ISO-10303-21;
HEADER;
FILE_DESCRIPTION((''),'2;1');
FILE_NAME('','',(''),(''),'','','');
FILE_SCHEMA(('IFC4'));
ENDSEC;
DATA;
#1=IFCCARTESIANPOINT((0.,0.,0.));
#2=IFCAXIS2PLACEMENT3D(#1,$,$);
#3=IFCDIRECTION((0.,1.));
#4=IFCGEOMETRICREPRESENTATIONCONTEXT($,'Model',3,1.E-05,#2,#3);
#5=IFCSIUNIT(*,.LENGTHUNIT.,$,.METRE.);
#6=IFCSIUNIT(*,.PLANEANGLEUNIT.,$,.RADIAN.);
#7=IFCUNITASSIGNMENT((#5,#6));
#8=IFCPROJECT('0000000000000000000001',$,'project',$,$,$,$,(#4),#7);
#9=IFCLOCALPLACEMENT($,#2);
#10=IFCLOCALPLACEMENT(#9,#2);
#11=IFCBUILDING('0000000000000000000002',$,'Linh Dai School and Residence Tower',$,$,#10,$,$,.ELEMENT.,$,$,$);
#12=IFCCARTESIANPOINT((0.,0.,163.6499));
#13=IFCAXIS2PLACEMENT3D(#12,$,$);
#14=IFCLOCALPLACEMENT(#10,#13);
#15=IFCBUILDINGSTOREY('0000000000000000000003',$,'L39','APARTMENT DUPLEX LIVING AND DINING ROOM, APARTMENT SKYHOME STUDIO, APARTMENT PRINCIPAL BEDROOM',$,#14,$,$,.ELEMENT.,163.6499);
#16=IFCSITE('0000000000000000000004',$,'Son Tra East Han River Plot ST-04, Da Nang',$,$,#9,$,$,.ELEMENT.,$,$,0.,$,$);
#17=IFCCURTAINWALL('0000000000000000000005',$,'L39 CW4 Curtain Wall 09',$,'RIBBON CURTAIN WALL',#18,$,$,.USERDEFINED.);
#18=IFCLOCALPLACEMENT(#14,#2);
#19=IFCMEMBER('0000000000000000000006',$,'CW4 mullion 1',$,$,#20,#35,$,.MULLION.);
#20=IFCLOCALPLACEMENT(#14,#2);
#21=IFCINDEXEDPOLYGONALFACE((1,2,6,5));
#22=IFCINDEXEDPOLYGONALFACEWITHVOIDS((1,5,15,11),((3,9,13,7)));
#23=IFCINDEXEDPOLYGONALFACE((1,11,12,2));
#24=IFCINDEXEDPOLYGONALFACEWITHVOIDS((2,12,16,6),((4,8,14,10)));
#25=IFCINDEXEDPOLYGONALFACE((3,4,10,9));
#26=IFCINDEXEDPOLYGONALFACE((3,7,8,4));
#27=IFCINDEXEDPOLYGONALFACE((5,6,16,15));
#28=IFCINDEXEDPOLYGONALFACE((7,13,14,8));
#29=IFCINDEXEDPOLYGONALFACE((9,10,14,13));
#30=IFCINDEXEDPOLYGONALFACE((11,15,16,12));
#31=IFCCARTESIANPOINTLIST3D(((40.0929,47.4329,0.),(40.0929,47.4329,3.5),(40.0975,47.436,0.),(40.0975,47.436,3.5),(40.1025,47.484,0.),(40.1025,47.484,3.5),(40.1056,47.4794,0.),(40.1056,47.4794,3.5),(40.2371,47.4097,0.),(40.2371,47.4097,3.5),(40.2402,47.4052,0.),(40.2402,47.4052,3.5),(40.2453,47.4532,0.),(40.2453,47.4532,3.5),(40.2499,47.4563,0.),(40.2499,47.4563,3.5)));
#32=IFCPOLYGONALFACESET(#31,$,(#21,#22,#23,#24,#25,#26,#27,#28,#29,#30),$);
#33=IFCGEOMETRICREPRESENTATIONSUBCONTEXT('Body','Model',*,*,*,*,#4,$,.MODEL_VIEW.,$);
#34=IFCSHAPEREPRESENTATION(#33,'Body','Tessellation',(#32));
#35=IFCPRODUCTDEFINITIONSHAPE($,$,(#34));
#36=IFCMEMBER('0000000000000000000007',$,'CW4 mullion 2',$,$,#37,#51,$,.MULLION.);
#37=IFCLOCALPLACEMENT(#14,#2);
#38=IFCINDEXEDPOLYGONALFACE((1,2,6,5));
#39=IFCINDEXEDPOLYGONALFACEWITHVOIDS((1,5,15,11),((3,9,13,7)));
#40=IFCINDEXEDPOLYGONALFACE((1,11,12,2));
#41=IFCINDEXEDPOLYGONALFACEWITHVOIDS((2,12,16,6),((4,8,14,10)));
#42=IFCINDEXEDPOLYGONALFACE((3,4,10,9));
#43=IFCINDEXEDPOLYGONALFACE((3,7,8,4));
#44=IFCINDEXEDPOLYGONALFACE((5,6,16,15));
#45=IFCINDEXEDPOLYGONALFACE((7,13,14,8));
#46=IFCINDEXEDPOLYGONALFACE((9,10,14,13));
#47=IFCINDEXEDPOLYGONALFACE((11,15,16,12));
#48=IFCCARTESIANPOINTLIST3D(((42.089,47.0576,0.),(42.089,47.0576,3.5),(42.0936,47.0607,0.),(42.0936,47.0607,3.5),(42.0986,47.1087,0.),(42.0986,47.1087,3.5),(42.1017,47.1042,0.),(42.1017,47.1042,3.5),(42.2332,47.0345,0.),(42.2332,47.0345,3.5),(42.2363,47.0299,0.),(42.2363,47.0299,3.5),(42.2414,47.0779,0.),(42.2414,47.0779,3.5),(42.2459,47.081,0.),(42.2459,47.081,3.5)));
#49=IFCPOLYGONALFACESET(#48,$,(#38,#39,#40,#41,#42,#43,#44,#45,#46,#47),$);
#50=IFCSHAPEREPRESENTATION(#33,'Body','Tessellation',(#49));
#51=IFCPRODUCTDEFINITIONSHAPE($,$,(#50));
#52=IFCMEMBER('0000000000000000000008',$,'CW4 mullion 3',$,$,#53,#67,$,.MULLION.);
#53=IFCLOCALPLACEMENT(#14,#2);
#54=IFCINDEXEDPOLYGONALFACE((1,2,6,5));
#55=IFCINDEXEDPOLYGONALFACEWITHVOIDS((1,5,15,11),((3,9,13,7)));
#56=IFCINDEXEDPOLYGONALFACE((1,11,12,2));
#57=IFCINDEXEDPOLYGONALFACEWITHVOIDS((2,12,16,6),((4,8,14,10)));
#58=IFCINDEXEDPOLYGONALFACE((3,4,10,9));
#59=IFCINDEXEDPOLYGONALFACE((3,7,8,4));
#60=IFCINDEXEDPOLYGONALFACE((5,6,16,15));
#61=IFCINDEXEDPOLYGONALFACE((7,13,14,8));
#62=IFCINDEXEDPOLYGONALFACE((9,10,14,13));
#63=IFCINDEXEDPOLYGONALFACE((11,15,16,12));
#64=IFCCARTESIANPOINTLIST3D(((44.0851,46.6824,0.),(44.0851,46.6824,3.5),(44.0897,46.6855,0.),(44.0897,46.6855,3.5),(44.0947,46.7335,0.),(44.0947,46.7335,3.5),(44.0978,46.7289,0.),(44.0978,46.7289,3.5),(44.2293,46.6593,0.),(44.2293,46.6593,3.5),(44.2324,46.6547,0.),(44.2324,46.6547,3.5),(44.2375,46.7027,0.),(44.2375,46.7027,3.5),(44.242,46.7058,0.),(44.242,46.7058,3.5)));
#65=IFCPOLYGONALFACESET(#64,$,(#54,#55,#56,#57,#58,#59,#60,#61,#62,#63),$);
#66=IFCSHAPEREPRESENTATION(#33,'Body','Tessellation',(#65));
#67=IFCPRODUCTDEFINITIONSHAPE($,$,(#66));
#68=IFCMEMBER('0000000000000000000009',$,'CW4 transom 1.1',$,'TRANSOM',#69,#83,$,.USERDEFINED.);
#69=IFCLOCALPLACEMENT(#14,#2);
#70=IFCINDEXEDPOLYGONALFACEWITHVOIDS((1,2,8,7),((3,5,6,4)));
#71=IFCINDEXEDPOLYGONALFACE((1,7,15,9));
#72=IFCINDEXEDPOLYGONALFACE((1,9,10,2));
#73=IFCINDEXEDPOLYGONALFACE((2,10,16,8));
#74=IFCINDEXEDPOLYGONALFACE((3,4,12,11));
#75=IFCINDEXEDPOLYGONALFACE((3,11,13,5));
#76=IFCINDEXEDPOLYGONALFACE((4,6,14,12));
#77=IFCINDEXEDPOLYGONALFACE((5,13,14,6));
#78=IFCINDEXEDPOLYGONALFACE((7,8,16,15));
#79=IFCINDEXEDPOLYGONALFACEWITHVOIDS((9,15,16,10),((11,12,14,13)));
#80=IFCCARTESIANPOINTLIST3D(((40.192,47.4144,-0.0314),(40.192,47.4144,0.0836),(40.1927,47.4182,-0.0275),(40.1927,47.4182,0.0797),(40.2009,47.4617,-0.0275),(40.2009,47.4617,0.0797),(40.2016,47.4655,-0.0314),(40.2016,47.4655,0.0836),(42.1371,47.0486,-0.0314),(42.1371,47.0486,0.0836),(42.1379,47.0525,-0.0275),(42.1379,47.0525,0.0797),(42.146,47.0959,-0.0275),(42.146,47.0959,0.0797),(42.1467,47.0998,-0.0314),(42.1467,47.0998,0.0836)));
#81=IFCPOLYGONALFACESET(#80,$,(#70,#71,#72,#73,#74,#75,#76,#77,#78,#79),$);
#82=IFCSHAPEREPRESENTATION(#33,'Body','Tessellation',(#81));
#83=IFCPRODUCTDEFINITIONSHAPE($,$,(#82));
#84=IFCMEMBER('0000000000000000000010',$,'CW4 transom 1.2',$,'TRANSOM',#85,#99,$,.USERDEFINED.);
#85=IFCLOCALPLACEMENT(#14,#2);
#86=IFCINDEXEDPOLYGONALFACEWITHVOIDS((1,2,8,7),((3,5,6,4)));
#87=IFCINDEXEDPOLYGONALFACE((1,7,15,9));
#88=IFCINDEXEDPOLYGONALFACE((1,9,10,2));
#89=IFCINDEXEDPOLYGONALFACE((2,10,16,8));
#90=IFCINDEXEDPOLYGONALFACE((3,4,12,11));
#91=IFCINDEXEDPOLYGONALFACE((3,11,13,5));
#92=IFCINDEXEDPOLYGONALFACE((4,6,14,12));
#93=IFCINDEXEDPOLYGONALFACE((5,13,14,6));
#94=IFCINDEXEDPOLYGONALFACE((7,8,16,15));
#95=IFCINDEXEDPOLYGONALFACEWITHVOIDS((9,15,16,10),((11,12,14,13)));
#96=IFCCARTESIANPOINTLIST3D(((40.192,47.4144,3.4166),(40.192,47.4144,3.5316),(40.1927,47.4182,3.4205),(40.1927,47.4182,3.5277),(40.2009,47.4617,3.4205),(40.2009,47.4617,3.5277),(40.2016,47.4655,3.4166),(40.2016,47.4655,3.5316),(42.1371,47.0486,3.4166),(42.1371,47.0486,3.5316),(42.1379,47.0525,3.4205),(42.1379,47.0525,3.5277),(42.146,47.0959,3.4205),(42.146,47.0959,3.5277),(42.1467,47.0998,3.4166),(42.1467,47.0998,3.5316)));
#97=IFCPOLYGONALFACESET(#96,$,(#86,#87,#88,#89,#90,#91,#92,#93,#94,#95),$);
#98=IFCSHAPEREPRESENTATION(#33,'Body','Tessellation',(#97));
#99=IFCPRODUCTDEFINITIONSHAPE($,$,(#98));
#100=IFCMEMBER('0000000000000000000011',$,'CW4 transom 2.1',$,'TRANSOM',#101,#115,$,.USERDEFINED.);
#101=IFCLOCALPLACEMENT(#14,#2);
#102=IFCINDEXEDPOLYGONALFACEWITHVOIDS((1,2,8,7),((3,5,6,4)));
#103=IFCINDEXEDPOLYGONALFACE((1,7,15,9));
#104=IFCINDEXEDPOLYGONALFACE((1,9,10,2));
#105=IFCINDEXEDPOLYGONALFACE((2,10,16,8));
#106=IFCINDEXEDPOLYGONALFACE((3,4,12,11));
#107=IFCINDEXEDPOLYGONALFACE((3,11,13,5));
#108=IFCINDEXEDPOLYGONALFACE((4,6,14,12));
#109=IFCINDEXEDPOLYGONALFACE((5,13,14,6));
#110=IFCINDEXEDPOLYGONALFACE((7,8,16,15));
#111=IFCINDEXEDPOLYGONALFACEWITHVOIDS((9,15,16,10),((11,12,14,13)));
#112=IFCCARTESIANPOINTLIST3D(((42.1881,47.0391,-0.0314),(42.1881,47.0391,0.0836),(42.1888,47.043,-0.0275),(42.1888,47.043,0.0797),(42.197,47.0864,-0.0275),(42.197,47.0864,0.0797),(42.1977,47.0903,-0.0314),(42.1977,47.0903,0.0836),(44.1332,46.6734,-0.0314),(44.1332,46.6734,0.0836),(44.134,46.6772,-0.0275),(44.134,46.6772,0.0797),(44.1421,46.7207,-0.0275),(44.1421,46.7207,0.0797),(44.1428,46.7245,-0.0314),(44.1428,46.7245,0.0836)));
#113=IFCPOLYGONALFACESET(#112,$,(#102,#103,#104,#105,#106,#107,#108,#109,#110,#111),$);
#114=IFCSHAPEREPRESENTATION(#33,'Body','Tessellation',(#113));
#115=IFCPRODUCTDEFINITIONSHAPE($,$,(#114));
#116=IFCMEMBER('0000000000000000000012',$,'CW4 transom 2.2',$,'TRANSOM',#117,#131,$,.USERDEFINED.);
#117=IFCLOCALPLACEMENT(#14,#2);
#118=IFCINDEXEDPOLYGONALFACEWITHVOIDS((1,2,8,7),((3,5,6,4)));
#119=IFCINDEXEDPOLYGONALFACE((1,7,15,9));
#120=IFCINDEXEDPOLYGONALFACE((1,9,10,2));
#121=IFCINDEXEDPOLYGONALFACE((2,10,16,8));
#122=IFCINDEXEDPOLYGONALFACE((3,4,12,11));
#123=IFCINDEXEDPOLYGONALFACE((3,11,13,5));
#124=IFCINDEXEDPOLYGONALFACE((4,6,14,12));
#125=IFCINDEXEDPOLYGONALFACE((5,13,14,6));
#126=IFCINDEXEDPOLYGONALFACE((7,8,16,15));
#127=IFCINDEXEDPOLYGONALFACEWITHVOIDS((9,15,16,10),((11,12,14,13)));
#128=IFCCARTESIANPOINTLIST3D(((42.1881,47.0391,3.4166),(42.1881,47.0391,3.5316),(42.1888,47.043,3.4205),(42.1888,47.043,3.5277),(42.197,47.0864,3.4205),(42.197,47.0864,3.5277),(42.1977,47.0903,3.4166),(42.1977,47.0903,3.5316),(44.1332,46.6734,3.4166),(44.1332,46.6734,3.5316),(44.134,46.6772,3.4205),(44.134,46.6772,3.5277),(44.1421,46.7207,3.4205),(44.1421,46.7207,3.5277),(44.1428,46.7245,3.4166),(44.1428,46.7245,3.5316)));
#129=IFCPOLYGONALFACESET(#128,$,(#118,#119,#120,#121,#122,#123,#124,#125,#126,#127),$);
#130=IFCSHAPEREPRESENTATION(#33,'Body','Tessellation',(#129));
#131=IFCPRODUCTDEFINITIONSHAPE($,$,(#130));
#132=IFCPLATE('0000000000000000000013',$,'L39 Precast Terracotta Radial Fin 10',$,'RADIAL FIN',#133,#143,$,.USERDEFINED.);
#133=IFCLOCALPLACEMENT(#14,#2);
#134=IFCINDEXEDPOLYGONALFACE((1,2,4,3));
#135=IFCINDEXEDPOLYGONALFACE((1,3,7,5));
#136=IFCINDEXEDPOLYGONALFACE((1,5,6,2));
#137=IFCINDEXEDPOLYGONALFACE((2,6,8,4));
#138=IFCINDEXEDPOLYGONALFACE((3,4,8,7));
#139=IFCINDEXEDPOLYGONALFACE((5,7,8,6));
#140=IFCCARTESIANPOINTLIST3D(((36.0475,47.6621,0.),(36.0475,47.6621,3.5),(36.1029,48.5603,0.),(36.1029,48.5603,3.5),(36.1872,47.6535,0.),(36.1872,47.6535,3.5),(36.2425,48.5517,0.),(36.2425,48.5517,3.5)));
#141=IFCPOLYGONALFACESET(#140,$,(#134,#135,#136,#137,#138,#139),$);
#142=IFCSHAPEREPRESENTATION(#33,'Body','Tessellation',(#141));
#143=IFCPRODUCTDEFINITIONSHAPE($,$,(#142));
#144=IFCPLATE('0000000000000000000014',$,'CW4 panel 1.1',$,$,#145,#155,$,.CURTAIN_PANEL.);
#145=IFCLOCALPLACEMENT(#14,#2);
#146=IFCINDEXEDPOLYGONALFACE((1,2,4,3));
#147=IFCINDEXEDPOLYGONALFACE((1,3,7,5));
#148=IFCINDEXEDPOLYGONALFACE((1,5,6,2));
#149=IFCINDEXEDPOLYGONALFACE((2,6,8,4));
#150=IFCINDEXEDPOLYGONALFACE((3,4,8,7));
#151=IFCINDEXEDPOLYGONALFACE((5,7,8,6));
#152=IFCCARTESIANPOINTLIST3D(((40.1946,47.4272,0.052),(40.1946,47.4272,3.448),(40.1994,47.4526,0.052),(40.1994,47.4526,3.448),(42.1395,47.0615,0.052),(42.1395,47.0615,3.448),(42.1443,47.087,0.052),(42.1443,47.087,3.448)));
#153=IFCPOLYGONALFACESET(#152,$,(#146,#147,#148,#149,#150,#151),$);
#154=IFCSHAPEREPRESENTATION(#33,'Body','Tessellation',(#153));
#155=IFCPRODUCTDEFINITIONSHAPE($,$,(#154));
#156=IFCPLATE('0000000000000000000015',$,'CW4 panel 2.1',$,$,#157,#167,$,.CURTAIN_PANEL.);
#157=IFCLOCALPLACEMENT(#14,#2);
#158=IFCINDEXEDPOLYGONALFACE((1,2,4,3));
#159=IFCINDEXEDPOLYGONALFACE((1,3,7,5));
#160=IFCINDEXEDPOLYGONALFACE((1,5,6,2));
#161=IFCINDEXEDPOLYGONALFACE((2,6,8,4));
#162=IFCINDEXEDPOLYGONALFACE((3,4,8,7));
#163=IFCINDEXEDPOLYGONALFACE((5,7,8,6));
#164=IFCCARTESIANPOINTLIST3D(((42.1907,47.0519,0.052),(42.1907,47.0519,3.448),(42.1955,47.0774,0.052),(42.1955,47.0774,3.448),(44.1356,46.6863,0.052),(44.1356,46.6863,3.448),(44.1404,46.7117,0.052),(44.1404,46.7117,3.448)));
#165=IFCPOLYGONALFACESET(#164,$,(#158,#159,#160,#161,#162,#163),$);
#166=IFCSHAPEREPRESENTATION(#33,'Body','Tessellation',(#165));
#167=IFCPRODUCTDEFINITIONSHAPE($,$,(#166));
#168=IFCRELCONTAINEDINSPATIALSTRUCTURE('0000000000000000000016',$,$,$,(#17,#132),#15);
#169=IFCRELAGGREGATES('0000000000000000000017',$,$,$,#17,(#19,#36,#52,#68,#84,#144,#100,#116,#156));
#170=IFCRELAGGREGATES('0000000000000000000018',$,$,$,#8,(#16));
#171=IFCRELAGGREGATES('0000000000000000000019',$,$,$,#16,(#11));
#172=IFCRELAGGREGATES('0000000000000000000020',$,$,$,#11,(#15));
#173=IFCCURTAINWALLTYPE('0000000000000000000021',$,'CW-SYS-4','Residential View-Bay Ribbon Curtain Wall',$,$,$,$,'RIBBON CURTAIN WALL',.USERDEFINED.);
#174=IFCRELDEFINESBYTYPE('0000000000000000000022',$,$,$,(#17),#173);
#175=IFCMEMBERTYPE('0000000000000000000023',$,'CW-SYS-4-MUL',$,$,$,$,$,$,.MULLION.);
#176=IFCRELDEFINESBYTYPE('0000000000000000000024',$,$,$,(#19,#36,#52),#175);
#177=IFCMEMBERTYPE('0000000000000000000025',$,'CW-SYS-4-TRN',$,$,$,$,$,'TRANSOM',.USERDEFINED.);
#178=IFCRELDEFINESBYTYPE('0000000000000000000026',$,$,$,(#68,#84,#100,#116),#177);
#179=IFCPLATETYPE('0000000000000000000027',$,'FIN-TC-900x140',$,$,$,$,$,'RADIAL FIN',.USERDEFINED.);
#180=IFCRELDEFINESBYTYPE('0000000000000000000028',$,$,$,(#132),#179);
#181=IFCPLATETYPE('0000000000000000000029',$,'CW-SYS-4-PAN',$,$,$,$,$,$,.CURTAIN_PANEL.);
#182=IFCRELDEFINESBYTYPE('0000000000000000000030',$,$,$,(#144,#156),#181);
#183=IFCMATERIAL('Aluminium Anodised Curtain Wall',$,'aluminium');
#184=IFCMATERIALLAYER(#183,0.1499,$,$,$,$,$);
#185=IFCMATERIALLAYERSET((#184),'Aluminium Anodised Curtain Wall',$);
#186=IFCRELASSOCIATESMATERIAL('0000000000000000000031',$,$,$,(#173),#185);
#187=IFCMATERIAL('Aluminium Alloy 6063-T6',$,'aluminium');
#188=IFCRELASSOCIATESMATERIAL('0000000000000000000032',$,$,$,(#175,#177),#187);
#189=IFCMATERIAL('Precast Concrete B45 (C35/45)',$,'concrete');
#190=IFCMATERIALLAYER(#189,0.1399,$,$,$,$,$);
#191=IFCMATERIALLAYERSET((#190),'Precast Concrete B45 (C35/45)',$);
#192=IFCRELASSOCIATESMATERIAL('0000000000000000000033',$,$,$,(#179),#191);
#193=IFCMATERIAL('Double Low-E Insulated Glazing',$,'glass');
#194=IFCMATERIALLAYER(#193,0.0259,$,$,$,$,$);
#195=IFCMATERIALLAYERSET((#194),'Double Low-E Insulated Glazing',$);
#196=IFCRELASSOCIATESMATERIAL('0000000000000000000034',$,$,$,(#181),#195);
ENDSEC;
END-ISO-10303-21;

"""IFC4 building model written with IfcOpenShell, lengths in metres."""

from ifc_helpers import new_model, si_unit, direction, frame, origin, origin_2d, place, context, subcontext, project, spatial, rectangle, hollow_rectangle, extrude, source, transform, mapped, material, layer, layer_set, material_profile, profile_set, type_object, element, aggregate, save


model = new_model("IFC4")

# Units and contexts
model_context = context("Model", 3, precision=1e-05, world=origin(), true_north=direction((0.0, 1.0)))
body_context = subcontext(model_context, "Body", "Model", "MODEL_VIEW")
ifc_project = project(units=[si_unit("LENGTHUNIT", "METRE"), si_unit("PLANEANGLEUNIT", "RADIAN")], contexts=[model_context])

# Site, building, storey
site_placement = place(None, origin())
site = spatial("IfcSite", under=ifc_project, at=site_placement, Name="Son Tra East Han River Plot ST-04, Da Nang", CompositionType="ELEMENT", RefElevation=0.0)
building_placement = place(site_placement, origin())
building = spatial("IfcBuilding", under=site, at=building_placement, Name="Linh Dai School and Residence Tower", CompositionType="ELEMENT")
storey_placement = place(building_placement, frame((0.0, 0.0, 163.6499)))
storey = spatial("IfcBuildingStorey", under=building, at=storey_placement, Name="L39", Description="APARTMENT DUPLEX LIVING AND DINING ROOM, APARTMENT SKYHOME STUDIO, APARTMENT PRINCIPAL BEDROOM", CompositionType="ELEMENT", Elevation=163.6499)

# Curtain wall, members
ifc_material_1 = material(Name="Aluminium Anodised Curtain Wall", Category="aluminium")
ifc_layer_1 = layer(ifc_material_1, 0.1499)
ifc_layer_set_1 = layer_set([ifc_layer_1], Name="Aluminium Anodised Curtain Wall")
curtain_wall_type = type_object("IfcCurtainWallType", Name="CW-SYS-4", Description="Residential View-Bay Ribbon Curtain Wall", ElementType="RIBBON CURTAIN WALL", PredefinedType="USERDEFINED", material=ifc_layer_set_1)
curtain_wall_placement = place(storey_placement, origin())
curtain_wall = element("IfcCurtainWall", 1, at=curtain_wall_placement, inside=storey, type_object=curtain_wall_type, Name="L39 CW4 Curtain Wall 09", ObjectType="RIBBON CURTAIN WALL", PredefinedType="USERDEFINED")
ifc_material_2 = material(Name="Aluminium Alloy 6063-T6", Category="aluminium")
ifc_material_profile_1 = material_profile(ifc_material_2, hollow_rectangle(XDim=0.052, YDim=0.1499, WallThickness=0.0039, at=origin_2d()), Name="RHS 150x52x4")
ifc_profile_set_1 = profile_set([ifc_material_profile_1], Name="Aluminium Alloy 6063-T6")
member_type_1 = type_object("IfcMemberType", Name="CW-SYS-4-MUL", PredefinedType="MULLION", material=ifc_profile_set_1)
shared_shape_1 = source(origin(), body_context, "Body", "SweptSolid", [
    extrude(hollow_rectangle(XDim=0.052, YDim=0.1499, WallThickness=0.0039, at=origin_2d()), origin(), (0.0, 0.0, 1.0), 3.5),
])
member_1_placement = place(storey_placement, frame((40.1714, 47.4446, 0.0), z_axis=(0.0, 0.0, 1.0), x_axis=(0.184763, 0.982783, 0.0)))
member_1 = element("IfcMember", 2, at=member_1_placement, type_object=member_type_1, Name="CW4 mullion 1", PredefinedType="MULLION", context=body_context, shape_type="MappedRepresentation", body=[
    mapped(shared_shape_1, transform((0.0, 0.0, 0.0), x_axis=(1.0, 0.0, 0.0), y_axis=(0.0, 1.0, 0.0), z_axis=(0.0, 0.0, 1.0), scale=1.0)),
])
member_2_placement = place(storey_placement, frame((42.1675, 47.0693, 0.0), z_axis=(0.0, 0.0, 1.0), x_axis=(0.184763, 0.982783, 0.0)))
member_2 = element("IfcMember", 3, at=member_2_placement, type_object=member_type_1, Name="CW4 mullion 2", PredefinedType="MULLION", context=body_context, shape_type="MappedRepresentation", body=[
    mapped(shared_shape_1, transform((0.0, 0.0, 0.0), x_axis=(1.0, 0.0, 0.0), y_axis=(0.0, 1.0, 0.0), z_axis=(0.0, 0.0, 1.0), scale=1.0)),
])
member_3_placement = place(storey_placement, frame((44.1636, 46.6941, 0.0), z_axis=(0.0, 0.0, 1.0), x_axis=(0.184763, 0.982783, 0.0)))
member_3 = element("IfcMember", 4, at=member_3_placement, type_object=member_type_1, Name="CW4 mullion 3", PredefinedType="MULLION", context=body_context, shape_type="MappedRepresentation", body=[
    mapped(shared_shape_1, transform((0.0, 0.0, 0.0), x_axis=(1.0, 0.0, 0.0), y_axis=(0.0, 1.0, 0.0), z_axis=(0.0, 0.0, 1.0), scale=1.0)),
])
ifc_material_profile_2 = material_profile(ifc_material_2, hollow_rectangle(XDim=0.052, YDim=0.115, WallThickness=0.0039, at=origin_2d()), Name="RHS 115x52x4")
ifc_profile_set_2 = profile_set([ifc_material_profile_2], Name="Aluminium Alloy 6063-T6")
member_type_2 = type_object("IfcMemberType", Name="CW-SYS-4-TRN", ElementType="TRANSOM", PredefinedType="USERDEFINED", material=ifc_profile_set_2)
shared_shape_2 = source(origin(), body_context, "Body", "SweptSolid", [
    extrude(hollow_rectangle(XDim=0.052, YDim=0.115, WallThickness=0.0039, at=origin_2d()), origin(), (0.0, 0.0, 1.0), 1.9792),
])
member_4_placement = place(storey_placement, frame((40.1968, 47.4399, 0.0261), z_axis=(0.982778, -0.184788, 0.0), x_axis=(0.184788, 0.982778, 0.0)))
member_4 = element("IfcMember", 5, at=member_4_placement, type_object=member_type_2, Name="CW4 transom 1.1", ObjectType="TRANSOM", PredefinedType="USERDEFINED", context=body_context, shape_type="MappedRepresentation", body=[
    mapped(shared_shape_2, transform((0.0, 0.0, 0.0), x_axis=(1.0, 0.0, 0.0), y_axis=(0.0, 1.0, 0.0), z_axis=(0.0, 0.0, 1.0), scale=1.0)),
])
member_5_placement = place(storey_placement, frame((40.1968, 47.4399, 3.4741), z_axis=(0.982778, -0.184788, 0.0), x_axis=(0.184788, 0.982778, 0.0)))
member_5 = element("IfcMember", 6, at=member_5_placement, type_object=member_type_2, Name="CW4 transom 1.2", ObjectType="TRANSOM", PredefinedType="USERDEFINED", context=body_context, shape_type="MappedRepresentation", body=[
    mapped(shared_shape_2, transform((0.0, 0.0, 0.0), x_axis=(1.0, 0.0, 0.0), y_axis=(0.0, 1.0, 0.0), z_axis=(0.0, 0.0, 1.0), scale=1.0)),
])
member_6_placement = place(storey_placement, frame((42.1929, 47.0647, 0.0261), z_axis=(0.982778, -0.184788, 0.0), x_axis=(0.184788, 0.982778, 0.0)))
member_6 = element("IfcMember", 7, at=member_6_placement, type_object=member_type_2, Name="CW4 transom 2.1", ObjectType="TRANSOM", PredefinedType="USERDEFINED", context=body_context, shape_type="MappedRepresentation", body=[
    mapped(shared_shape_2, transform((0.0, 0.0, 0.0), x_axis=(1.0, 0.0, 0.0), y_axis=(0.0, 1.0, 0.0), z_axis=(0.0, 0.0, 1.0), scale=1.0)),
])
member_7_placement = place(storey_placement, frame((42.1929, 47.0647, 3.4741), z_axis=(0.982778, -0.184788, 0.0), x_axis=(0.184788, 0.982778, 0.0)))
member_7 = element("IfcMember", 8, at=member_7_placement, type_object=member_type_2, Name="CW4 transom 2.2", ObjectType="TRANSOM", PredefinedType="USERDEFINED", context=body_context, shape_type="MappedRepresentation", body=[
    mapped(shared_shape_2, transform((0.0, 0.0, 0.0), x_axis=(1.0, 0.0, 0.0), y_axis=(0.0, 1.0, 0.0), z_axis=(0.0, 0.0, 1.0), scale=1.0)),
])

# Plates
ifc_material_3 = material(Name="Precast Concrete B45 (C35/45)", Category="concrete")
ifc_layer_2 = layer(ifc_material_3, 0.1399)
ifc_layer_set_2 = layer_set([ifc_layer_2], Name="Precast Concrete B45 (C35/45)")
plate_type_1 = type_object("IfcPlateType", Name="FIN-TC-900x140", ElementType="RADIAL FIN", PredefinedType="USERDEFINED", material=ifc_layer_set_2)
shared_shape_3 = source(origin(), body_context, "Body", "SweptSolid", [
    extrude(rectangle(XDim=0.8999, YDim=0.1399, at=origin_2d()), origin(), (0.0, 0.0, 1.0), 3.5),
])
plate_1_placement = place(storey_placement, frame((36.145, 48.1069, 0.0), z_axis=(0.0, 0.0, 1.0), x_axis=(0.061512, 0.998106, 0.0)))
element("IfcPlate", 9, at=plate_1_placement, inside=storey, type_object=plate_type_1, Name="L39 Precast Terracotta Radial Fin 10", ObjectType="RADIAL FIN", PredefinedType="USERDEFINED", context=body_context, shape_type="MappedRepresentation", body=[
    mapped(shared_shape_3, transform((0.0, 0.0, 0.0), x_axis=(1.0, 0.0, 0.0), y_axis=(0.0, 1.0, 0.0), z_axis=(0.0, 0.0, 1.0), scale=1.0)),
])
ifc_material_4 = material(Name="Double Low-E Insulated Glazing", Category="glass")
ifc_layer_3 = layer(ifc_material_4, 0.0259)
ifc_layer_set_3 = layer_set([ifc_layer_3], Name="Double Low-E Insulated Glazing")
plate_type_2 = type_object("IfcPlateType", Name="CW-SYS-4-PAN", PredefinedType="CURTAIN_PANEL", material=ifc_layer_set_3)
shared_shape_4 = source(origin(), body_context, "Body", "SweptSolid", [
    extrude(rectangle(XDim=1.979, YDim=0.0259, at=origin_2d()), origin(), (0.0, 0.0, 1.0), 3.396),
])
plate_2_placement = place(storey_placement, frame((41.1694, 47.2571, 0.052), z_axis=(0.0, 0.0, 1.0), x_axis=(0.982783, -0.184763, 0.0)))
plate_2 = element("IfcPlate", 10, at=plate_2_placement, type_object=plate_type_2, Name="CW4 panel 1.1", PredefinedType="CURTAIN_PANEL", context=body_context, shape_type="MappedRepresentation", body=[
    mapped(shared_shape_4, transform((0.0, 0.0, 0.0), x_axis=(1.0, 0.0, 0.0), y_axis=(0.0, 1.0, 0.0), z_axis=(0.0, 0.0, 1.0), scale=1.0)),
])
plate_3_placement = place(storey_placement, frame((43.1655, 46.8818, 0.052), z_axis=(0.0, 0.0, 1.0), x_axis=(0.982783, -0.184763, 0.0)))
plate_3 = element("IfcPlate", 11, at=plate_3_placement, type_object=plate_type_2, Name="CW4 panel 2.1", PredefinedType="CURTAIN_PANEL", context=body_context, shape_type="MappedRepresentation", body=[
    mapped(shared_shape_4, transform((0.0, 0.0, 0.0), x_axis=(1.0, 0.0, 0.0), y_axis=(0.0, 1.0, 0.0), z_axis=(0.0, 0.0, 1.0), scale=1.0)),
])
aggregate(curtain_wall, [member_1, member_2, member_3, member_4, member_5, plate_2, member_6, member_7, plate_3])

save(model, "model.ifc")
